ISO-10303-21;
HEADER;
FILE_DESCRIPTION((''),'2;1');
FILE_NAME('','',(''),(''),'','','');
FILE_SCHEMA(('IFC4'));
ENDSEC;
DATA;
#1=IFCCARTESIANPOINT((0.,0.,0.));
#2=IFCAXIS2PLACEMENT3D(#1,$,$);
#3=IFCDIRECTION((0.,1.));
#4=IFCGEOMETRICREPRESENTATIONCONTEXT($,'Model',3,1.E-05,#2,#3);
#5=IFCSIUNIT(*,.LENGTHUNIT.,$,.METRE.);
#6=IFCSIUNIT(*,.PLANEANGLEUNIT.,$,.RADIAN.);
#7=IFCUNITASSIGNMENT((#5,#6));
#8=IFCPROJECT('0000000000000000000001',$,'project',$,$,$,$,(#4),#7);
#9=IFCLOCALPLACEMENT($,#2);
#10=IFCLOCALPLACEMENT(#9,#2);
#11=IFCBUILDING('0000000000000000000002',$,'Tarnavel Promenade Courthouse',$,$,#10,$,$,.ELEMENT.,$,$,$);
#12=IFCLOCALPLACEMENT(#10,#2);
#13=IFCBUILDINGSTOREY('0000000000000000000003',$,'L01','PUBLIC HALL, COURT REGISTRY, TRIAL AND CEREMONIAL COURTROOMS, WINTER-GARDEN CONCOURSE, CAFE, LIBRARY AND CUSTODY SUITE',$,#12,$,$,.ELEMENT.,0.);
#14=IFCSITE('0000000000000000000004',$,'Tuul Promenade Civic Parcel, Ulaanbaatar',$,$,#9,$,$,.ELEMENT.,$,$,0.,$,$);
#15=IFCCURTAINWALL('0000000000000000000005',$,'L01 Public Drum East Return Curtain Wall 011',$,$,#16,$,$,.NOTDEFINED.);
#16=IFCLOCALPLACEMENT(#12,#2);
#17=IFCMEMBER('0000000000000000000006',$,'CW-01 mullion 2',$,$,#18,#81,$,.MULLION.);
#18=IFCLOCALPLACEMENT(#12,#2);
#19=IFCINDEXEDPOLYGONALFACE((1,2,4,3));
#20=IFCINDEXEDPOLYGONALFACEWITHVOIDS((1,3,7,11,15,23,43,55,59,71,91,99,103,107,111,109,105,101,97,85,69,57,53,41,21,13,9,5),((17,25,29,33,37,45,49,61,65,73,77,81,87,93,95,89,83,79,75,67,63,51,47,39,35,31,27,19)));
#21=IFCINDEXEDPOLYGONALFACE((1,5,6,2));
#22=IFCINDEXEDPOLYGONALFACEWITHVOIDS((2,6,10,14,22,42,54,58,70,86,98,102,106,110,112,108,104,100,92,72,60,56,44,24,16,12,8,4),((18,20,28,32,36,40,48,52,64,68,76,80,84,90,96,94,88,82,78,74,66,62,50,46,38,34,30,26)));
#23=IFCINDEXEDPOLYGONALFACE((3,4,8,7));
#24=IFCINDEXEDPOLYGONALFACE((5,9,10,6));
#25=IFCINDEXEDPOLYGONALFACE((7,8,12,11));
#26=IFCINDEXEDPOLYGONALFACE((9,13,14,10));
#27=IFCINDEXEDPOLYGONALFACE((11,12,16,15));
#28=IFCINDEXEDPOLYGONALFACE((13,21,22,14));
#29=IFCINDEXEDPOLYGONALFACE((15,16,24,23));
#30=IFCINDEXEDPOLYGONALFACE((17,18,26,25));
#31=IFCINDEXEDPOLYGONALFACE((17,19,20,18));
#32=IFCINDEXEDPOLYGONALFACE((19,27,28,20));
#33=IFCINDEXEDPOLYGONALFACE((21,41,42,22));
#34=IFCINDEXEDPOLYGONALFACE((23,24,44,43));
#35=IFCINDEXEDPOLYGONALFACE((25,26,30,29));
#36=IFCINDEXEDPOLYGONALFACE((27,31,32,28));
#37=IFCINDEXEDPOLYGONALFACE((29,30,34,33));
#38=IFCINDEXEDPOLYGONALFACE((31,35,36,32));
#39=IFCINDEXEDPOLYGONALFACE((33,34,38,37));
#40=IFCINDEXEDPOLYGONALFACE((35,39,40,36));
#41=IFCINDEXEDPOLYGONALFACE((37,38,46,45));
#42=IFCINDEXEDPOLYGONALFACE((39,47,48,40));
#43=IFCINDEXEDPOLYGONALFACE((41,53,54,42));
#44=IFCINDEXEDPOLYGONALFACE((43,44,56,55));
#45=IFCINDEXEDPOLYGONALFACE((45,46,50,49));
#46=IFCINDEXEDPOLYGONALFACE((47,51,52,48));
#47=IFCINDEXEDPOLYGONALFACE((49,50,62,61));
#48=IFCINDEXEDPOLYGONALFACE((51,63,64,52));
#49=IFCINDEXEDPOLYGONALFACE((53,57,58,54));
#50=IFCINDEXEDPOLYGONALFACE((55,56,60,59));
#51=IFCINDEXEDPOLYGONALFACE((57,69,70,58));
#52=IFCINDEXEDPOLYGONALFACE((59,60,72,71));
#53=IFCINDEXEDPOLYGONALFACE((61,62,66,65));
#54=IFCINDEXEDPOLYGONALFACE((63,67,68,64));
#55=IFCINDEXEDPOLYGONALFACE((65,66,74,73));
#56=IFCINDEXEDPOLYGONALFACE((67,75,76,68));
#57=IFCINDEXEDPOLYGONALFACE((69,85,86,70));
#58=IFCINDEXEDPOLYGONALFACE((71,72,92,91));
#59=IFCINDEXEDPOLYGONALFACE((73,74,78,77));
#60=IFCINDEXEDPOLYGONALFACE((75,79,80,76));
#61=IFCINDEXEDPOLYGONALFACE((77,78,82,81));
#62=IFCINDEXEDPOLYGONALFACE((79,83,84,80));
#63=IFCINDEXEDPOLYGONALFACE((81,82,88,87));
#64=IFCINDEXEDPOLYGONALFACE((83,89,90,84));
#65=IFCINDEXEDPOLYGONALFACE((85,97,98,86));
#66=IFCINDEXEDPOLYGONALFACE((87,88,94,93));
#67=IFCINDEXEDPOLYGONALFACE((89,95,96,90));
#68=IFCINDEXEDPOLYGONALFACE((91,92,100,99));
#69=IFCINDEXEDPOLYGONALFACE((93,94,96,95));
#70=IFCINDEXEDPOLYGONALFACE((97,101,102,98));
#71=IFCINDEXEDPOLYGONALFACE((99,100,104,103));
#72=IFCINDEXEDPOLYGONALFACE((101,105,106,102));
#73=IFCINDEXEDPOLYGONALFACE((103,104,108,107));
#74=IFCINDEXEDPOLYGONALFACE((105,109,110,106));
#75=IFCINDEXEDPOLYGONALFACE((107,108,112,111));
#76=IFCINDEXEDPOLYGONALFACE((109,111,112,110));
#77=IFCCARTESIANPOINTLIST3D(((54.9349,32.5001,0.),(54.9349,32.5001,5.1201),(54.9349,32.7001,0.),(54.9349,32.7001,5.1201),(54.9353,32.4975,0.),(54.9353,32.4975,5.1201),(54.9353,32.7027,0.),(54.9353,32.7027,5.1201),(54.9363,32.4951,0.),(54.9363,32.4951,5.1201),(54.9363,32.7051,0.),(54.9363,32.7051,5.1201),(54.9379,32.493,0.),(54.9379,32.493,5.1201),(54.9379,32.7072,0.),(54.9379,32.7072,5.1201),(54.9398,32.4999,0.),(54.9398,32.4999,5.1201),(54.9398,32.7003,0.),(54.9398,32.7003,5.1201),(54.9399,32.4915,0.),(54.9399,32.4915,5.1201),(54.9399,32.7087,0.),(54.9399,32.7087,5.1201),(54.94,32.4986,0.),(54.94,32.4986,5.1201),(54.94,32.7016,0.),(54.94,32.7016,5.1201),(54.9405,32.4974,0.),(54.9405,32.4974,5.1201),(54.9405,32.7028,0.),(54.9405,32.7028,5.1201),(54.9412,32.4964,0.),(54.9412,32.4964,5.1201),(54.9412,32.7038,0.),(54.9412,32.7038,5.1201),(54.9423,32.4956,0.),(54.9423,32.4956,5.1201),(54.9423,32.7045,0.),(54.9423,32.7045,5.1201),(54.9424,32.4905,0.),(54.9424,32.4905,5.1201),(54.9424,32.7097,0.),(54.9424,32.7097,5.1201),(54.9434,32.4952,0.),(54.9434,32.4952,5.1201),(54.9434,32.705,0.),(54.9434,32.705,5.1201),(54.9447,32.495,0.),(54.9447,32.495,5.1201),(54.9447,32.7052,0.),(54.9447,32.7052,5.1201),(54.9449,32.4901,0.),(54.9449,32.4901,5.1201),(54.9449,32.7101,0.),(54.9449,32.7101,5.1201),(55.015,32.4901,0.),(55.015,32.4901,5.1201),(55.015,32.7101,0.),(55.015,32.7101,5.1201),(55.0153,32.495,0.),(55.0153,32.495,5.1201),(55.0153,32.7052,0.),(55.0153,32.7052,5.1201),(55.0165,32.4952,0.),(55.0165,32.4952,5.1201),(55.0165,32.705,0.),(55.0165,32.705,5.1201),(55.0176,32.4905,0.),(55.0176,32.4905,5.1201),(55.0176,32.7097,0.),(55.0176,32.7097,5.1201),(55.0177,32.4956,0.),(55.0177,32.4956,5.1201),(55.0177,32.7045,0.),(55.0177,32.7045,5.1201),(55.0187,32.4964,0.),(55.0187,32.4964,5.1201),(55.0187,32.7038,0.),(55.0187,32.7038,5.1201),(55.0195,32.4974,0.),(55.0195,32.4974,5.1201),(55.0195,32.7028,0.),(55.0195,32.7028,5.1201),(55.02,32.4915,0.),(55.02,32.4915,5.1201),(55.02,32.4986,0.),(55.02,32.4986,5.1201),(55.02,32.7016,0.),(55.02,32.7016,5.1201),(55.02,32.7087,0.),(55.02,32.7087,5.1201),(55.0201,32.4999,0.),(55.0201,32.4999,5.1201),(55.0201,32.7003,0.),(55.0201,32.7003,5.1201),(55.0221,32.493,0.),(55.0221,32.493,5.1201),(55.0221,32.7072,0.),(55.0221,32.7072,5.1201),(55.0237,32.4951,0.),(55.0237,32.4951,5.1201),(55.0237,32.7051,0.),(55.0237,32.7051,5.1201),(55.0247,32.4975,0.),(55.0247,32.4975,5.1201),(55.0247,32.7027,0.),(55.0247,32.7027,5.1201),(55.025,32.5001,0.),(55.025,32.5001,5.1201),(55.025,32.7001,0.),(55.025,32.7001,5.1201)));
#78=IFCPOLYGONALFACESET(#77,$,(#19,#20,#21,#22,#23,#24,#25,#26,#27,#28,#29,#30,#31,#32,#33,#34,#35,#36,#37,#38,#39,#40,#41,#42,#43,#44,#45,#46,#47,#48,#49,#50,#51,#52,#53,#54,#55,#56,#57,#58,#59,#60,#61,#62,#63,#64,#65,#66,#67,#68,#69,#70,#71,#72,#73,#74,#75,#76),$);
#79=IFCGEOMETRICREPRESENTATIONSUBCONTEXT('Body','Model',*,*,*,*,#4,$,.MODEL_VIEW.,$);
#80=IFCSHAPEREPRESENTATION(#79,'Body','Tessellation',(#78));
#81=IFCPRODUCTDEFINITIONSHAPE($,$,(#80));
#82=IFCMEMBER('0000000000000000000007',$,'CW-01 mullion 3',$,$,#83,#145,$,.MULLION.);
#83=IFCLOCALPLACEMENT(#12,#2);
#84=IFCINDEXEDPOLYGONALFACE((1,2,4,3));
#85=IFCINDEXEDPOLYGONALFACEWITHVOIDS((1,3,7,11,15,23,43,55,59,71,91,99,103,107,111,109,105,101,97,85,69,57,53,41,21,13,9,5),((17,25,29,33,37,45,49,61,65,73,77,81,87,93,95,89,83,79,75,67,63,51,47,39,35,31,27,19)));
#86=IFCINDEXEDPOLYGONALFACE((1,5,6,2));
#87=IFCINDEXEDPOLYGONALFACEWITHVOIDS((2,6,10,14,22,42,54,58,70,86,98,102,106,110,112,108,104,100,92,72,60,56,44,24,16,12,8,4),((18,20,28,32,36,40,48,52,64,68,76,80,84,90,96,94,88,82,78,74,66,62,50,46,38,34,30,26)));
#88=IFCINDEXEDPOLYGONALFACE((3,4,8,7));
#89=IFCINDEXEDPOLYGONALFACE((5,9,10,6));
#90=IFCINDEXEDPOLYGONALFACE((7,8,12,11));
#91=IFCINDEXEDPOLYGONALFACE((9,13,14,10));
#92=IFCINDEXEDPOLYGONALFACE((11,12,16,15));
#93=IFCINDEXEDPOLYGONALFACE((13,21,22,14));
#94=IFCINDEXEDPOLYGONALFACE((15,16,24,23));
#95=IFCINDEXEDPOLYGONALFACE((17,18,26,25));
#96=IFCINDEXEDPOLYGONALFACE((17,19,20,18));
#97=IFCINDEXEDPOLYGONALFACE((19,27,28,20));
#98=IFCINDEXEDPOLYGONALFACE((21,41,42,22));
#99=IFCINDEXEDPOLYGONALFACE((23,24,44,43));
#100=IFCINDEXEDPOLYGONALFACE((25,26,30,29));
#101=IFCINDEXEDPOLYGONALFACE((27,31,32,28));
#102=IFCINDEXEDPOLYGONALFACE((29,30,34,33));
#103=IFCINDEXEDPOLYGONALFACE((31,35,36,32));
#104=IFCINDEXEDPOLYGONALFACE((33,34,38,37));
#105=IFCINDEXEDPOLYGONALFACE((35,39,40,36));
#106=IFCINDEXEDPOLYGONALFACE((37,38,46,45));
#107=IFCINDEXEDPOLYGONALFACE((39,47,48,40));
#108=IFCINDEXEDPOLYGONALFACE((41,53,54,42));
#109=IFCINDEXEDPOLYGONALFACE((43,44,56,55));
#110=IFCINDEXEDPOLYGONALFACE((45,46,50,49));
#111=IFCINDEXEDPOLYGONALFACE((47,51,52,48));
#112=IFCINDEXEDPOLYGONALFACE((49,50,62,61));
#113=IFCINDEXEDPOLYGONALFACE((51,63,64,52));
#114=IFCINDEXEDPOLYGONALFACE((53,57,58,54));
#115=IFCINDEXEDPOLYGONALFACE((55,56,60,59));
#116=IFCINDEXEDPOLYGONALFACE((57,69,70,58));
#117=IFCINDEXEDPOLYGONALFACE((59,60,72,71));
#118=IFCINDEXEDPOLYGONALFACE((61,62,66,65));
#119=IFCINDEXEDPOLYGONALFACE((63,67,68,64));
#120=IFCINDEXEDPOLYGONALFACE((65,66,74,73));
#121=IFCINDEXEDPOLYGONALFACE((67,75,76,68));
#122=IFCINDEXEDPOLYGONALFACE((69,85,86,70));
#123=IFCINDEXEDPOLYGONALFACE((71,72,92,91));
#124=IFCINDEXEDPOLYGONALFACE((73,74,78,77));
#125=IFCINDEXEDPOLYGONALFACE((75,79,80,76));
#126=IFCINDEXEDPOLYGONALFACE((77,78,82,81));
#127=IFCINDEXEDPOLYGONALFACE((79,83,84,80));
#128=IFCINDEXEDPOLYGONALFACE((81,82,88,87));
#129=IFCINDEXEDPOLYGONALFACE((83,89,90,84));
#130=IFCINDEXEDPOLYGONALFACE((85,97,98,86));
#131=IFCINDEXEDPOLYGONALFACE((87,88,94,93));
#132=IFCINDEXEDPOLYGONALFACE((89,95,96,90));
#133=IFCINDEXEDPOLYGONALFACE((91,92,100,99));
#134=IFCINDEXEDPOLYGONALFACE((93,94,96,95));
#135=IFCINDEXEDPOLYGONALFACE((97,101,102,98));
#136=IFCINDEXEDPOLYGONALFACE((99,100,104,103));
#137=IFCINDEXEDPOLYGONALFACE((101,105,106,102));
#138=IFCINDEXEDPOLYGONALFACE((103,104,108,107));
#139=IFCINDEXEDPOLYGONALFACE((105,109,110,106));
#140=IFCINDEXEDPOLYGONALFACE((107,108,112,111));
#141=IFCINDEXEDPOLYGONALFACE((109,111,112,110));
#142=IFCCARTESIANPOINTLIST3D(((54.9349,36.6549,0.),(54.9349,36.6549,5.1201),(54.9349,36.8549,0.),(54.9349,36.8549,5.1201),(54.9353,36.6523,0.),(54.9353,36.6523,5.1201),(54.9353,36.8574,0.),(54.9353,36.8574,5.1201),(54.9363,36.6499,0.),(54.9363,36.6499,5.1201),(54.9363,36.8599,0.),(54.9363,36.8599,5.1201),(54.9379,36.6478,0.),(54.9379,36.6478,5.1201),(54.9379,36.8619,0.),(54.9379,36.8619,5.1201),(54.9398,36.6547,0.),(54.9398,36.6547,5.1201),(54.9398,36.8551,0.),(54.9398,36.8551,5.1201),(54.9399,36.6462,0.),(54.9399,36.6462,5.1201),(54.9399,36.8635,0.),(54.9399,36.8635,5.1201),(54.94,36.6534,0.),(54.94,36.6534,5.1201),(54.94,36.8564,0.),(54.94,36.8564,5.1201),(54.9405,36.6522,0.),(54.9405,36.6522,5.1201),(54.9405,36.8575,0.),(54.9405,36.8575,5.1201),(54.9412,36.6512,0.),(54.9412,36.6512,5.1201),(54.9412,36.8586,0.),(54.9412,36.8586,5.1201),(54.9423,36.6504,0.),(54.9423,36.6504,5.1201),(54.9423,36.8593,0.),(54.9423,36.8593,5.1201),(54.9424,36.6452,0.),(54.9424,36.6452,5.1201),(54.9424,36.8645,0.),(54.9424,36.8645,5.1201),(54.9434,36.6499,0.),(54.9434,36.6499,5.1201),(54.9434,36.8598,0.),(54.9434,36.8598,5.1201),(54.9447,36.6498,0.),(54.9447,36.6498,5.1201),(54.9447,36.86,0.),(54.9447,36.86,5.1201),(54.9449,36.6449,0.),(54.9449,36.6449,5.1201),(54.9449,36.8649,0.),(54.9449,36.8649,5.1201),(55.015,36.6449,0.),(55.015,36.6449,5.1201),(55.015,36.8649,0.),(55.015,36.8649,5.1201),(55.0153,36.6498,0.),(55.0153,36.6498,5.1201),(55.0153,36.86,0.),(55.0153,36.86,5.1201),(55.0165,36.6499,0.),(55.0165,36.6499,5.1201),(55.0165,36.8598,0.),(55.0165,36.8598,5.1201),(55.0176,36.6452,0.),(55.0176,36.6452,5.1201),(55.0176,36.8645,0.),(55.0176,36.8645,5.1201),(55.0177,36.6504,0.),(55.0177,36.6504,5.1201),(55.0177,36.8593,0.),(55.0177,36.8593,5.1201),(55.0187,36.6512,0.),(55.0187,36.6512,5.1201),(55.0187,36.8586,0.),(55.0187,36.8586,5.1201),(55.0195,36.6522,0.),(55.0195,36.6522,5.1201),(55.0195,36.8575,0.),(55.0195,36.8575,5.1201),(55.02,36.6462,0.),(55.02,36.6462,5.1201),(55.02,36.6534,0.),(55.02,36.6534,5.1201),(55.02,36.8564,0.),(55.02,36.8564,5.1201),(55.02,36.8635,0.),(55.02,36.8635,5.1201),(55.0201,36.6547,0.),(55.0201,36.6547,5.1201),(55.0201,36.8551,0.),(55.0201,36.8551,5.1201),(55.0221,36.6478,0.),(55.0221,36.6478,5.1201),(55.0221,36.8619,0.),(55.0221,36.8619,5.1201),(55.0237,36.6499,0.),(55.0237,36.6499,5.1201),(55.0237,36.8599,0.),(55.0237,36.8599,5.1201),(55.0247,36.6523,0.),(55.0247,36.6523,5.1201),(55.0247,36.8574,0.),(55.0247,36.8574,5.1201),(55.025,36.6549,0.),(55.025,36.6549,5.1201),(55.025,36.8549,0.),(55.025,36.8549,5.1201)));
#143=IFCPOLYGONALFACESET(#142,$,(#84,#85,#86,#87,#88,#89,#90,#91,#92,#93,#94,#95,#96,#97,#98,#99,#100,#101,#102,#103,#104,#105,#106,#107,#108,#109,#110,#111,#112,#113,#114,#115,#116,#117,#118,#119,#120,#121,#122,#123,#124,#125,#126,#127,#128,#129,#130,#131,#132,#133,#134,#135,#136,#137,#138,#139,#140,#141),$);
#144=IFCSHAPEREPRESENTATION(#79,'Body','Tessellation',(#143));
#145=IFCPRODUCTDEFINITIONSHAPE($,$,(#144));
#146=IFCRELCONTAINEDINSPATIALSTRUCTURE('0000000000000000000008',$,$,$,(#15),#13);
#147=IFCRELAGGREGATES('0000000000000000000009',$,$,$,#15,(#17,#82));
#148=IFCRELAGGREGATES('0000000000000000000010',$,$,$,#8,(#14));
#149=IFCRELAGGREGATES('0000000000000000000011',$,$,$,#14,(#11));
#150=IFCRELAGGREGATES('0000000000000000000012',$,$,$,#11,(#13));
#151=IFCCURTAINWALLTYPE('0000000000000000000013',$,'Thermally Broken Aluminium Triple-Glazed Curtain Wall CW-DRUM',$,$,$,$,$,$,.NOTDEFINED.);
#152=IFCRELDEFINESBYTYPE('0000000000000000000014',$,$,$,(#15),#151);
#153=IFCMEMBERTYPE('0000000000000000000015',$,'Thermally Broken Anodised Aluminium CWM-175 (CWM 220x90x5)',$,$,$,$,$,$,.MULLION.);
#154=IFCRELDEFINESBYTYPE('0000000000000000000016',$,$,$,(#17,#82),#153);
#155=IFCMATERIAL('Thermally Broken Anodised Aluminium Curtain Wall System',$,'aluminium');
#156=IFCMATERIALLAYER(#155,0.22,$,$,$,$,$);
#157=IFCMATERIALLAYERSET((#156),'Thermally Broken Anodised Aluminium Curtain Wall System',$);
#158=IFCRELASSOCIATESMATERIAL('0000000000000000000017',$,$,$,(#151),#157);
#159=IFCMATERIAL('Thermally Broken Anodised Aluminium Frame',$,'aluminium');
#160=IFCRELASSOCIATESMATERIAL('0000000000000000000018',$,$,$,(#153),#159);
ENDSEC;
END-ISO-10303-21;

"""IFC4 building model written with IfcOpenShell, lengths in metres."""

from ifc_helpers import new_model, si_unit, direction, frame, origin, origin_2d, place, context, subcontext, project, spatial, hollow_rectangle, extrude, material, layer, layer_set, material_profile, profile_set, type_object, element, aggregate, save


model = new_model("IFC4")

# Units and contexts
model_context = context("Model", 3, precision=1e-05, world=origin(), true_north=direction((0.0, 1.0)))
body_context = subcontext(model_context, "Body", "Model", "MODEL_VIEW")
ifc_project = project(units=[si_unit("LENGTHUNIT", "METRE"), si_unit("PLANEANGLEUNIT", "RADIAN")], contexts=[model_context])

# Site, building, storey
site_placement = place(None, origin())
site = spatial("IfcSite", under=ifc_project, at=site_placement, Name="Tuul Promenade Civic Parcel, Ulaanbaatar", CompositionType="ELEMENT", RefElevation=0.0)
building_placement = place(site_placement, origin())
building = spatial("IfcBuilding", under=site, at=building_placement, Name="Tarnavel Promenade Courthouse", CompositionType="ELEMENT")
storey_placement = place(building_placement, origin())
storey = spatial("IfcBuildingStorey", under=building, at=storey_placement, Name="L01", Description="PUBLIC HALL, COURT REGISTRY, TRIAL AND CEREMONIAL COURTROOMS, WINTER-GARDEN CONCOURSE, CAFE, LIBRARY AND CUSTODY SUITE", CompositionType="ELEMENT", Elevation=0.0)

# Curtain wall, members
ifc_material_1 = material(Name="Thermally Broken Anodised Aluminium Curtain Wall System", Category="aluminium")
ifc_layer_1 = layer(ifc_material_1, 0.22)
ifc_layer_set_1 = layer_set([ifc_layer_1], Name="Thermally Broken Anodised Aluminium Curtain Wall System")
curtain_wall_type_1 = type_object("IfcCurtainWallType", Name="Thermally Broken Aluminium Triple-Glazed Curtain Wall CW-DRUM", PredefinedType="NOTDEFINED", material=ifc_layer_set_1)
ifc_material_2 = material(Name="Thermally Broken Anodised Aluminium Frame", Category="aluminium")
ifc_material_profile_1 = material_profile(ifc_material_2, hollow_rectangle(XDim=0.0901, YDim=0.22, WallThickness=0.0049, InnerFilletRadius=0.0049, OuterFilletRadius=0.01, at=origin_2d()), Name="CWM 220x90x5")
ifc_profile_set_1 = profile_set([ifc_material_profile_1], Name="Thermally Broken Anodised Aluminium Frame")
member_type_1 = type_object("IfcMemberType", Name="Thermally Broken Anodised Aluminium CWM-175 (CWM 220x90x5)", PredefinedType="MULLION", material=ifc_profile_set_1)
curtain_wall_1_placement = place(storey_placement, origin())
curtain_wall_1 = element("IfcCurtainWall", 1, at=curtain_wall_1_placement, inside=storey, type_object=curtain_wall_type_1, Name="L01 Public Drum East Return Curtain Wall 011", PredefinedType="NOTDEFINED")
member_1_placement = place(storey_placement, frame((54.98, 32.6001, 0.0), z_axis=(0.0, 0.0, 1.0), x_axis=(-1.0, 0.0, 0.0)))
member_1 = element("IfcMember", 2, at=member_1_placement, type_object=member_type_1, Name="CW-01 mullion 2", PredefinedType="MULLION", context=body_context, shape_type="SweptSolid", body=[
    extrude(hollow_rectangle(XDim=0.0901, YDim=0.22, WallThickness=0.0049, InnerFilletRadius=0.0049, OuterFilletRadius=0.01, at=origin_2d()), origin(), (0.0, 0.0, 1.0), 5.1201),
])
member_2_placement = place(storey_placement, frame((54.98, 36.7549, 0.0), z_axis=(0.0, 0.0, 1.0), x_axis=(-1.0, 0.0, 0.0)))
member_2 = element("IfcMember", 3, at=member_2_placement, type_object=member_type_1, Name="CW-01 mullion 3", PredefinedType="MULLION", context=body_context, shape_type="SweptSolid", body=[
    extrude(hollow_rectangle(XDim=0.0901, YDim=0.22, WallThickness=0.0049, InnerFilletRadius=0.0049, OuterFilletRadius=0.01, at=origin_2d()), origin(), (0.0, 0.0, 1.0), 5.1201),
])

aggregate(curtain_wall_1, [member_1, member_2])

save(model, "model.ifc")
